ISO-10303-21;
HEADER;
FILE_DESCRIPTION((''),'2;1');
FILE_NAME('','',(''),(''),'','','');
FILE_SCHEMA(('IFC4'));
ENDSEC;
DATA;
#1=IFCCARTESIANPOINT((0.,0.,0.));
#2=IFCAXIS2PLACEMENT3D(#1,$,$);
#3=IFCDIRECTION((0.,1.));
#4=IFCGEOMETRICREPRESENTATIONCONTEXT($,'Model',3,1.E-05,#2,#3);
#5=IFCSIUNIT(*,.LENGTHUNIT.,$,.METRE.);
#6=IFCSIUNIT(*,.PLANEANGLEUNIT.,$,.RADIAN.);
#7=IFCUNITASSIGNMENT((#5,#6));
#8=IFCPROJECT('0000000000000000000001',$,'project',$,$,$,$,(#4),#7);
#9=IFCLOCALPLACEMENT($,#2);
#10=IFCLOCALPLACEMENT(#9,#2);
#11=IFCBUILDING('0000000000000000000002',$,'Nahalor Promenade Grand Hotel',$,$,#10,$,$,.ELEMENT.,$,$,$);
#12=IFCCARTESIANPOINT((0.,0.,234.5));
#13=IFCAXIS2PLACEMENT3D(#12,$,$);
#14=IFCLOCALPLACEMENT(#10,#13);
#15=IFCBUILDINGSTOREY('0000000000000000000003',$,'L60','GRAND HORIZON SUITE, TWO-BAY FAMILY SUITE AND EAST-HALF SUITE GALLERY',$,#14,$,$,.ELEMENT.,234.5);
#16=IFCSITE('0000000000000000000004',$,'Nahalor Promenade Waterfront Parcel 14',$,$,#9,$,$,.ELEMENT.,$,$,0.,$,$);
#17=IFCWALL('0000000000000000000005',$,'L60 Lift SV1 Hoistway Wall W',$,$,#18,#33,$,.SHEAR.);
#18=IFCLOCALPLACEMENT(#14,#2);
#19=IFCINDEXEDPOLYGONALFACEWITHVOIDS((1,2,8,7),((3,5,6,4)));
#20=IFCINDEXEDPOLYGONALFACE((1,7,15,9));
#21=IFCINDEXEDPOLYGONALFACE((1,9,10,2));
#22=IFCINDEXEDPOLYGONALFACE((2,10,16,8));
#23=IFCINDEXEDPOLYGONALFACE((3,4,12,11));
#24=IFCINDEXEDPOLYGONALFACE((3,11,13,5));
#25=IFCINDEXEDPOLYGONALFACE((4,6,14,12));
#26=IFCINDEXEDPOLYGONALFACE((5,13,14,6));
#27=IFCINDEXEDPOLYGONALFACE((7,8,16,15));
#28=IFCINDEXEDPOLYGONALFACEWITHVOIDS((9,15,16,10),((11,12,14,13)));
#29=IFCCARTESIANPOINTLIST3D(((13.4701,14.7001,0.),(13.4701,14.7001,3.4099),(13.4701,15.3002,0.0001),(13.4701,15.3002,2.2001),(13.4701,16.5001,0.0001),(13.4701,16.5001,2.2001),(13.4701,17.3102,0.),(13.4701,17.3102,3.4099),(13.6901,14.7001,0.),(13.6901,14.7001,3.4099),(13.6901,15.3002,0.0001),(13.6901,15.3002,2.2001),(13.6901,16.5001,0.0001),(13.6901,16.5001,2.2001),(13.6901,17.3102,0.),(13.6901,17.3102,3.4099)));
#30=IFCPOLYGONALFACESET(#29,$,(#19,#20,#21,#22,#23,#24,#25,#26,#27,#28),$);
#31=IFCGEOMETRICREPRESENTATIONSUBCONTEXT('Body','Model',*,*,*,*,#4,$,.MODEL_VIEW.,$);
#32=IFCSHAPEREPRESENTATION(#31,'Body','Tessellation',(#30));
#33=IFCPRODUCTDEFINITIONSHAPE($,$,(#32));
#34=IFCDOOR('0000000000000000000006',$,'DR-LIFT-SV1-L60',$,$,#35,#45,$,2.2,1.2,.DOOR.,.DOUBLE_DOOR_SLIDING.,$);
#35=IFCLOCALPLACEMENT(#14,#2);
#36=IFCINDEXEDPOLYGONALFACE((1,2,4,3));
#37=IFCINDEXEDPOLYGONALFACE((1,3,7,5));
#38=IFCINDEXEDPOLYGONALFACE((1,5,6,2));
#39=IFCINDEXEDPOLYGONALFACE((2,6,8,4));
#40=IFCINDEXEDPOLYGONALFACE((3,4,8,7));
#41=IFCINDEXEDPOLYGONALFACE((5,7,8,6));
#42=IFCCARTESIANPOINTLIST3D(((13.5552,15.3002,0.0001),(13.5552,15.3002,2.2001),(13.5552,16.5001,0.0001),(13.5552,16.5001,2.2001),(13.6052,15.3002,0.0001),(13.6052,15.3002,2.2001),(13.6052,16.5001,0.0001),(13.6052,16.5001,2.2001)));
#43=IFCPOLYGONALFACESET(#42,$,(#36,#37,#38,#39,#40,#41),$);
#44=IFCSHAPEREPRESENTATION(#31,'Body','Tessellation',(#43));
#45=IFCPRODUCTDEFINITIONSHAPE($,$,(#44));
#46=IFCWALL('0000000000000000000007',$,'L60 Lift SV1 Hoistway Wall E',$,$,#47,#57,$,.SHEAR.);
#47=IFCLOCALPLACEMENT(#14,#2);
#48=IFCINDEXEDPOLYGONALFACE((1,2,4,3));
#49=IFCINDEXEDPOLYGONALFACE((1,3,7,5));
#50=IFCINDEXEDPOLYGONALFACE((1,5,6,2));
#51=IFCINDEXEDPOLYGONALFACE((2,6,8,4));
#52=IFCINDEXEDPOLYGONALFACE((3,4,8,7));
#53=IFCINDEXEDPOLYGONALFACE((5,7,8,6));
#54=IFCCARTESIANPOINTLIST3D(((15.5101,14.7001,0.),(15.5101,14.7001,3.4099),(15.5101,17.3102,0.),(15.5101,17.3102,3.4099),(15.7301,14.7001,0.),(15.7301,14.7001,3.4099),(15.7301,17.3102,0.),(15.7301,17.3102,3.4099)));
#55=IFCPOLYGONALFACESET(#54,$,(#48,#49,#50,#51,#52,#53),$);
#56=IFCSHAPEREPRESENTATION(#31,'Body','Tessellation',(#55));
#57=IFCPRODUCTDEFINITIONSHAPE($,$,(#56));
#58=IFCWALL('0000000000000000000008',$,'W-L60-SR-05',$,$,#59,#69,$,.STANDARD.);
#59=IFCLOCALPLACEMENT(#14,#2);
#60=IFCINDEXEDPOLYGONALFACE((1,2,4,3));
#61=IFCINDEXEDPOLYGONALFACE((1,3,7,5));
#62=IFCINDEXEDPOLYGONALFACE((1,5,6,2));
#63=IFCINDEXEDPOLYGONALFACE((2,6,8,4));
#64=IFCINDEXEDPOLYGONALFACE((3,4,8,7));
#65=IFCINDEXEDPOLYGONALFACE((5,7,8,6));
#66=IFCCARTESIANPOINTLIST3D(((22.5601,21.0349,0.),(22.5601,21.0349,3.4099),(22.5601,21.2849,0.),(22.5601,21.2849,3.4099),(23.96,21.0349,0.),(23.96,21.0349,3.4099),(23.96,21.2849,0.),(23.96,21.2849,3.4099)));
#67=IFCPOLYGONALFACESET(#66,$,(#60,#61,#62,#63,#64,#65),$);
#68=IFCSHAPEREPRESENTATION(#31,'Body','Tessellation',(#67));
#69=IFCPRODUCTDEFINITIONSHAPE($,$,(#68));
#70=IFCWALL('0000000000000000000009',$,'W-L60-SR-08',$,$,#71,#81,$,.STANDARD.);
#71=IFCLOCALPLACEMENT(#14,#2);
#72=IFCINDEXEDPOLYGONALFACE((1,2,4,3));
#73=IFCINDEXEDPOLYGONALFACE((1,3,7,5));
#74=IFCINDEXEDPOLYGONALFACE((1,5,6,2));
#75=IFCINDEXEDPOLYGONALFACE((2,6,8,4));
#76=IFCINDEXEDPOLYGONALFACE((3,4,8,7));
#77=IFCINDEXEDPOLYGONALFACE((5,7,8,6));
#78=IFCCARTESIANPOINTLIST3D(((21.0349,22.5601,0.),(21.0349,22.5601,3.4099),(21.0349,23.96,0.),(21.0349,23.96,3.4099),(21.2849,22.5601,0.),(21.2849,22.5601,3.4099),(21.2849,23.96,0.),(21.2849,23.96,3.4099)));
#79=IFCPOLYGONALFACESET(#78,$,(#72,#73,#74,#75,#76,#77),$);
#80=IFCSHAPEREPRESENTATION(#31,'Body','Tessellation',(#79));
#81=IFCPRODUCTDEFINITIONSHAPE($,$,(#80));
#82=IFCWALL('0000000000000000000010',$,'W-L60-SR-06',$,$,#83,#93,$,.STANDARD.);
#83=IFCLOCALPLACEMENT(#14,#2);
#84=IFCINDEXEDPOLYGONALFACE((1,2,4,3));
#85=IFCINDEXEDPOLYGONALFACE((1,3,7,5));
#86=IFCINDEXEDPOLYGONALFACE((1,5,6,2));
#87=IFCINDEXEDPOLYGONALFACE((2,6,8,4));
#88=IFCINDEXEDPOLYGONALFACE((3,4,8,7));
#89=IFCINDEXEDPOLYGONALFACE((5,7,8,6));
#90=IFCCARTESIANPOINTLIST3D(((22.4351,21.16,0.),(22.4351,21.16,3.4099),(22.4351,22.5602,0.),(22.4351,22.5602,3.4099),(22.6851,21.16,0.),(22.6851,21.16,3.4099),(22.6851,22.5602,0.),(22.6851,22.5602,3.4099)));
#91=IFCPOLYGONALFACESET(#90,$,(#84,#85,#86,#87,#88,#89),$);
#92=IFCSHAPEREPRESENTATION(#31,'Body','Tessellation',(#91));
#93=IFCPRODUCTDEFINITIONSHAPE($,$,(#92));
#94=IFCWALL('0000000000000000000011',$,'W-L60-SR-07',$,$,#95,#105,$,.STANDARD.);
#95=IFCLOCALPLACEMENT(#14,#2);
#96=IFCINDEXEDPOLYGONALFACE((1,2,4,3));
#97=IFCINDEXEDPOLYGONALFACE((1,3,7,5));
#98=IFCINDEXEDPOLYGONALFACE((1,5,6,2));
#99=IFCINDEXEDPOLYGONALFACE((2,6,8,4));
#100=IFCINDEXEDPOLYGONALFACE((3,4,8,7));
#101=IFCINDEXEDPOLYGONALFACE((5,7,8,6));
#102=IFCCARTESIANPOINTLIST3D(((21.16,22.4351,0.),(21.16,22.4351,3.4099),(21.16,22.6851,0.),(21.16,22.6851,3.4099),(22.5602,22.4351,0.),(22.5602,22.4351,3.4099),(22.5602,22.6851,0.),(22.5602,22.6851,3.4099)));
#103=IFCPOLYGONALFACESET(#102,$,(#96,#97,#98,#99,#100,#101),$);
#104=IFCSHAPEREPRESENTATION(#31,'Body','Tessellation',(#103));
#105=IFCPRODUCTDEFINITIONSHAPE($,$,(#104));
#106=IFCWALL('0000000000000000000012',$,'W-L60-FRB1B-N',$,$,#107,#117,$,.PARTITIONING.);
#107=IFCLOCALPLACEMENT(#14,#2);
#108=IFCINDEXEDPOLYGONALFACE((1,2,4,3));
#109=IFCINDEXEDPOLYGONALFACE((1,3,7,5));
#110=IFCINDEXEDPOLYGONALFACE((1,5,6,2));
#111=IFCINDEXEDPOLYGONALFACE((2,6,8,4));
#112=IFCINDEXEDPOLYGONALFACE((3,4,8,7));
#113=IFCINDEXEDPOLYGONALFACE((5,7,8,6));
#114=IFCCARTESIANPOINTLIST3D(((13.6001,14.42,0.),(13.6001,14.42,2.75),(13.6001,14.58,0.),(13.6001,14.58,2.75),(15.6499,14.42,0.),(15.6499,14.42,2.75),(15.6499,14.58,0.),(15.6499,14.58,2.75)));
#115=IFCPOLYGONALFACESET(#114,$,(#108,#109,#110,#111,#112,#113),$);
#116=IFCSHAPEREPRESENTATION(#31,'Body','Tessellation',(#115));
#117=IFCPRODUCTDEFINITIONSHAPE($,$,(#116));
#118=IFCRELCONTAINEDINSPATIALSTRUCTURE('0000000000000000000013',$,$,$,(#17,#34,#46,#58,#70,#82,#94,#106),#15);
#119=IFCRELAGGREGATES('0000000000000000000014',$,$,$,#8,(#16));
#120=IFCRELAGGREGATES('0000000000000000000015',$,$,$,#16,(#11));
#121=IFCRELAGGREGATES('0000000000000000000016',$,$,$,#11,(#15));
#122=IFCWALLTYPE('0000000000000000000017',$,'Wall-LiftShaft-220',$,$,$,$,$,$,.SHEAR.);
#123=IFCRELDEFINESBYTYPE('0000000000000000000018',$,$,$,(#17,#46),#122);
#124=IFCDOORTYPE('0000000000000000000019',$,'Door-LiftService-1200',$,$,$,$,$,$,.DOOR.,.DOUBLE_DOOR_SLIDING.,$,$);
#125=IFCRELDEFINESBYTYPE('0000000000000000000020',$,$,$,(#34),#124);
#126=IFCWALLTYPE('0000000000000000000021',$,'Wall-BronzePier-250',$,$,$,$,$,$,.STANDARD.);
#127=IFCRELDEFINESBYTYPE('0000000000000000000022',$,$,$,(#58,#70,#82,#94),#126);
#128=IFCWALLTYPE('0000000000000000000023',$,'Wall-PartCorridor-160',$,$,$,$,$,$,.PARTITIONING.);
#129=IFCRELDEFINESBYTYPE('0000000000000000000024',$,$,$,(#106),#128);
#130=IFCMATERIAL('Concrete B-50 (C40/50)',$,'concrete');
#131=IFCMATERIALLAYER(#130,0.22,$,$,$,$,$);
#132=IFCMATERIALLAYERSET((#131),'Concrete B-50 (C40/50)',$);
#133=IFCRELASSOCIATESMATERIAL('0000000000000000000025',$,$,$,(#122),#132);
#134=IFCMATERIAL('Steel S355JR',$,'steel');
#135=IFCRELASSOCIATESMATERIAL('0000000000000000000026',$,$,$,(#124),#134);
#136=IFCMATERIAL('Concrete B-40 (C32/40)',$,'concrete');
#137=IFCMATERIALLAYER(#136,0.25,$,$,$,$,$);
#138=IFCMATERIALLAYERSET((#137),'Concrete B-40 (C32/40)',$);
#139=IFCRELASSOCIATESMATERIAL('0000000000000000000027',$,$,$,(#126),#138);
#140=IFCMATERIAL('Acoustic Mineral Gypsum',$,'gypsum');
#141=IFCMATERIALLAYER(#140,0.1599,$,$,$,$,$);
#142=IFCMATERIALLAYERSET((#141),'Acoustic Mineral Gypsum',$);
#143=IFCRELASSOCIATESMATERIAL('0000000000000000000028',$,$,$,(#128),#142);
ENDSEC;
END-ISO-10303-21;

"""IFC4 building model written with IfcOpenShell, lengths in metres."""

from ifc_helpers import new_model, si_unit, direction, frame, frame_2d, origin, place, context, subcontext, project, spatial, rectangle, extrude, source, transform, mapped, material, layer, layer_set, type_object, element, fill, save


model = new_model("IFC4")

# Units and contexts
model_context = context("Model", 3, precision=1e-05, world=origin(), true_north=direction((0.0, 1.0)))
body_context = subcontext(model_context, "Body", "Model", "MODEL_VIEW")
ifc_project = project(units=[si_unit("LENGTHUNIT", "METRE"), si_unit("PLANEANGLEUNIT", "RADIAN")], contexts=[model_context])

# Site, building, storey
site_placement = place(None, origin())
site = spatial("IfcSite", under=ifc_project, at=site_placement, Name="Nahalor Promenade Waterfront Parcel 14", CompositionType="ELEMENT", RefElevation=0.0)
building_placement = place(site_placement, origin())
building = spatial("IfcBuilding", under=site, at=building_placement, Name="Nahalor Promenade Grand Hotel", CompositionType="ELEMENT")
storey_placement = place(building_placement, frame((0.0, 0.0, 234.5)))
storey = spatial("IfcBuildingStorey", under=building, at=storey_placement, Name="L60", Description="GRAND HORIZON SUITE, TWO-BAY FAMILY SUITE AND EAST-HALF SUITE GALLERY", CompositionType="ELEMENT", Elevation=234.5)

# Shared definitions
ifc_material_1 = material(Name="Steel S355JR", Category="steel")

# Shared definitions
ifc_material_2 = material(Name="Concrete B-50 (C40/50)", Category="concrete")
ifc_layer_1 = layer(ifc_material_2, 0.22)
ifc_layer_set_1 = layer_set([ifc_layer_1], Name="Concrete B-50 (C40/50)")
wall_type_1 = type_object("IfcWallType", Name="Wall-LiftShaft-220", PredefinedType="SHEAR", material=ifc_layer_set_1)

# Wall, opening, door
shared_shape_1 = source(origin(), body_context, "Body", "SweptSolid", [
    extrude(rectangle(XDim=2.6101, YDim=0.22, at=frame_2d((1.3052, 0.0))), origin(), (0.0, 0.0, 1.0), 3.4099),
])
wall_1_placement = place(storey_placement, frame((13.5801, 14.7, 0.0), z_axis=(0.0, 0.0, 1.0), x_axis=(0.0, 1.0, 0.0)))
wall_1 = element("IfcWall", 1, at=wall_1_placement, inside=storey, type_object=wall_type_1, Name="L60 Lift SV1 Hoistway Wall W", PredefinedType="SHEAR", context=body_context, shape_type="MappedRepresentation", body=[
    mapped(shared_shape_1, transform((0.0, 0.0, 0.0), scale=1.0)),
])
opening_placement = place(wall_1_placement, frame((0.6001, 0.0, 0.0)))
opening = element("IfcOpeningElement", 2, at=opening_placement, cuts=wall_1, PredefinedType="OPENING", context=body_context, shape_type="SweptSolid", body=[
    extrude(rectangle(XDim=1.2, YDim=2.2, at=frame_2d((0.6001, 1.1001))), frame((0.0, 0.1199, 0.0), z_axis=(0.0, -1.0, 0.0), x_axis=(1.0, 0.0, 0.0)), (0.0, 0.0, 1.0), 0.24),
])
door_type = type_object("IfcDoorType", Name="Door-LiftService-1200", OperationType="DOUBLE_DOOR_SLIDING", PredefinedType="DOOR", material=ifc_material_1)
shared_shape_2 = source(origin(), body_context, "Body", "SweptSolid", [
    extrude(rectangle(XDim=1.2, YDim=2.2, at=frame_2d((0.6001, 1.1001))), frame((0.0, 0.0249, 0.0), z_axis=(0.0, -1.0, 0.0), x_axis=(1.0, 0.0, 0.0)), (0.0, 0.0, 1.0), 0.05),
])
door_placement = place(opening_placement, origin())
door = element("IfcDoor", 3, at=door_placement, inside=storey, type_object=door_type, Name="DR-LIFT-SV1-L60", OperationType="DOUBLE_DOOR_SLIDING", OverallHeight=2.2, OverallWidth=1.2, PredefinedType="DOOR", context=body_context, shape_type="MappedRepresentation", body=[
    mapped(shared_shape_2, transform((0.0, 0.0, 0.0), scale=1.0)),
])
fill(opening, door)

# Walls
wall_2_placement = place(storey_placement, frame((15.6201, 14.7, 0.0), z_axis=(0.0, 0.0, 1.0), x_axis=(0.0, 1.0, 0.0)))
element("IfcWall", 4, at=wall_2_placement, inside=storey, type_object=wall_type_1, Name="L60 Lift SV1 Hoistway Wall E", PredefinedType="SHEAR", context=body_context, shape_type="MappedRepresentation", body=[
    mapped(shared_shape_1, transform((0.0, 0.0, 0.0), scale=1.0)),
])
ifc_material_3 = material(Name="Concrete B-40 (C32/40)", Category="concrete")
ifc_layer_2 = layer(ifc_material_3, 0.25)
ifc_layer_set_2 = layer_set([ifc_layer_2], Name="Concrete B-40 (C32/40)")
wall_type_2 = type_object("IfcWallType", Name="Wall-BronzePier-250", PredefinedType="STANDARD", material=ifc_layer_set_2)
shared_shape_3 = source(origin(), body_context, "Body", "SweptSolid", [
    extrude(rectangle(XDim=1.3999, YDim=0.25, at=frame_2d((0.7, 0.0))), origin(), (0.0, 0.0, 1.0), 3.4099),
])
for number, where, z_axis, x_axis, name in (
    (5, (22.5601, 21.1599, 0.0), (0.0, 0.0, 1.0), (1.0, 0.0, 0.0), "W-L60-SR-05"),
    (6, (21.1599, 22.5601, 0.0), (0.0, 0.0, 1.0), (0.0, 1.0, 0.0), "W-L60-SR-08"),
):
    element("IfcWall", number, at=place(storey_placement, frame(where, z_axis=z_axis, x_axis=x_axis)), inside=storey, type_object=wall_type_2, Name=name, PredefinedType="STANDARD", context=body_context, shape_type="MappedRepresentation", body=[
        mapped(shared_shape_3, transform((0.0, 0.0, 0.0), scale=1.0)),
    ])
shared_shape_4 = source(origin(), body_context, "Body", "SweptSolid", [
    extrude(rectangle(XDim=1.4001, YDim=0.25, at=frame_2d((0.7002, 0.0))), origin(), (0.0, 0.0, 1.0), 3.4099),
])
for number, where, z_axis, x_axis, name in (
    (7, (22.5601, 21.1599, 0.0), (0.0, 0.0, 1.0), (0.0, 1.0, 0.0), "W-L60-SR-06"),
    (8, (21.1599, 22.5601, 0.0), (0.0, 0.0, 1.0), (1.0, 0.0, 0.0), "W-L60-SR-07"),
):
    element("IfcWall", number, at=place(storey_placement, frame(where, z_axis=z_axis, x_axis=x_axis)), inside=storey, type_object=wall_type_2, Name=name, PredefinedType="STANDARD", context=body_context, shape_type="MappedRepresentation", body=[
        mapped(shared_shape_4, transform((0.0, 0.0, 0.0), scale=1.0)),
    ])
ifc_material_4 = material(Name="Acoustic Mineral Gypsum", Category="gypsum")
ifc_layer_3 = layer(ifc_material_4, 0.1599)
ifc_layer_set_3 = layer_set([ifc_layer_3], Name="Acoustic Mineral Gypsum")
wall_type_3 = type_object("IfcWallType", Name="Wall-PartCorridor-160", PredefinedType="PARTITIONING", material=ifc_layer_set_3)
shared_shape_5 = source(origin(), body_context, "Body", "SweptSolid", [
    extrude(rectangle(XDim=2.0498, YDim=0.1599, at=frame_2d((1.0249, 0.0))), origin(), (0.0, 0.0, 1.0), 2.75),
])
wall_3_placement = place(storey_placement, frame((13.6001, 14.5, 0.0), z_axis=(0.0, 0.0, 1.0), x_axis=(1.0, 0.0, 0.0)))
element("IfcWall", 9, at=wall_3_placement, inside=storey, type_object=wall_type_3, Name="W-L60-FRB1B-N", PredefinedType="PARTITIONING", context=body_context, shape_type="MappedRepresentation", body=[
    mapped(shared_shape_5, transform((0.0, 0.0, 0.0), scale=1.0)),
])

save(model, "model.ifc")
